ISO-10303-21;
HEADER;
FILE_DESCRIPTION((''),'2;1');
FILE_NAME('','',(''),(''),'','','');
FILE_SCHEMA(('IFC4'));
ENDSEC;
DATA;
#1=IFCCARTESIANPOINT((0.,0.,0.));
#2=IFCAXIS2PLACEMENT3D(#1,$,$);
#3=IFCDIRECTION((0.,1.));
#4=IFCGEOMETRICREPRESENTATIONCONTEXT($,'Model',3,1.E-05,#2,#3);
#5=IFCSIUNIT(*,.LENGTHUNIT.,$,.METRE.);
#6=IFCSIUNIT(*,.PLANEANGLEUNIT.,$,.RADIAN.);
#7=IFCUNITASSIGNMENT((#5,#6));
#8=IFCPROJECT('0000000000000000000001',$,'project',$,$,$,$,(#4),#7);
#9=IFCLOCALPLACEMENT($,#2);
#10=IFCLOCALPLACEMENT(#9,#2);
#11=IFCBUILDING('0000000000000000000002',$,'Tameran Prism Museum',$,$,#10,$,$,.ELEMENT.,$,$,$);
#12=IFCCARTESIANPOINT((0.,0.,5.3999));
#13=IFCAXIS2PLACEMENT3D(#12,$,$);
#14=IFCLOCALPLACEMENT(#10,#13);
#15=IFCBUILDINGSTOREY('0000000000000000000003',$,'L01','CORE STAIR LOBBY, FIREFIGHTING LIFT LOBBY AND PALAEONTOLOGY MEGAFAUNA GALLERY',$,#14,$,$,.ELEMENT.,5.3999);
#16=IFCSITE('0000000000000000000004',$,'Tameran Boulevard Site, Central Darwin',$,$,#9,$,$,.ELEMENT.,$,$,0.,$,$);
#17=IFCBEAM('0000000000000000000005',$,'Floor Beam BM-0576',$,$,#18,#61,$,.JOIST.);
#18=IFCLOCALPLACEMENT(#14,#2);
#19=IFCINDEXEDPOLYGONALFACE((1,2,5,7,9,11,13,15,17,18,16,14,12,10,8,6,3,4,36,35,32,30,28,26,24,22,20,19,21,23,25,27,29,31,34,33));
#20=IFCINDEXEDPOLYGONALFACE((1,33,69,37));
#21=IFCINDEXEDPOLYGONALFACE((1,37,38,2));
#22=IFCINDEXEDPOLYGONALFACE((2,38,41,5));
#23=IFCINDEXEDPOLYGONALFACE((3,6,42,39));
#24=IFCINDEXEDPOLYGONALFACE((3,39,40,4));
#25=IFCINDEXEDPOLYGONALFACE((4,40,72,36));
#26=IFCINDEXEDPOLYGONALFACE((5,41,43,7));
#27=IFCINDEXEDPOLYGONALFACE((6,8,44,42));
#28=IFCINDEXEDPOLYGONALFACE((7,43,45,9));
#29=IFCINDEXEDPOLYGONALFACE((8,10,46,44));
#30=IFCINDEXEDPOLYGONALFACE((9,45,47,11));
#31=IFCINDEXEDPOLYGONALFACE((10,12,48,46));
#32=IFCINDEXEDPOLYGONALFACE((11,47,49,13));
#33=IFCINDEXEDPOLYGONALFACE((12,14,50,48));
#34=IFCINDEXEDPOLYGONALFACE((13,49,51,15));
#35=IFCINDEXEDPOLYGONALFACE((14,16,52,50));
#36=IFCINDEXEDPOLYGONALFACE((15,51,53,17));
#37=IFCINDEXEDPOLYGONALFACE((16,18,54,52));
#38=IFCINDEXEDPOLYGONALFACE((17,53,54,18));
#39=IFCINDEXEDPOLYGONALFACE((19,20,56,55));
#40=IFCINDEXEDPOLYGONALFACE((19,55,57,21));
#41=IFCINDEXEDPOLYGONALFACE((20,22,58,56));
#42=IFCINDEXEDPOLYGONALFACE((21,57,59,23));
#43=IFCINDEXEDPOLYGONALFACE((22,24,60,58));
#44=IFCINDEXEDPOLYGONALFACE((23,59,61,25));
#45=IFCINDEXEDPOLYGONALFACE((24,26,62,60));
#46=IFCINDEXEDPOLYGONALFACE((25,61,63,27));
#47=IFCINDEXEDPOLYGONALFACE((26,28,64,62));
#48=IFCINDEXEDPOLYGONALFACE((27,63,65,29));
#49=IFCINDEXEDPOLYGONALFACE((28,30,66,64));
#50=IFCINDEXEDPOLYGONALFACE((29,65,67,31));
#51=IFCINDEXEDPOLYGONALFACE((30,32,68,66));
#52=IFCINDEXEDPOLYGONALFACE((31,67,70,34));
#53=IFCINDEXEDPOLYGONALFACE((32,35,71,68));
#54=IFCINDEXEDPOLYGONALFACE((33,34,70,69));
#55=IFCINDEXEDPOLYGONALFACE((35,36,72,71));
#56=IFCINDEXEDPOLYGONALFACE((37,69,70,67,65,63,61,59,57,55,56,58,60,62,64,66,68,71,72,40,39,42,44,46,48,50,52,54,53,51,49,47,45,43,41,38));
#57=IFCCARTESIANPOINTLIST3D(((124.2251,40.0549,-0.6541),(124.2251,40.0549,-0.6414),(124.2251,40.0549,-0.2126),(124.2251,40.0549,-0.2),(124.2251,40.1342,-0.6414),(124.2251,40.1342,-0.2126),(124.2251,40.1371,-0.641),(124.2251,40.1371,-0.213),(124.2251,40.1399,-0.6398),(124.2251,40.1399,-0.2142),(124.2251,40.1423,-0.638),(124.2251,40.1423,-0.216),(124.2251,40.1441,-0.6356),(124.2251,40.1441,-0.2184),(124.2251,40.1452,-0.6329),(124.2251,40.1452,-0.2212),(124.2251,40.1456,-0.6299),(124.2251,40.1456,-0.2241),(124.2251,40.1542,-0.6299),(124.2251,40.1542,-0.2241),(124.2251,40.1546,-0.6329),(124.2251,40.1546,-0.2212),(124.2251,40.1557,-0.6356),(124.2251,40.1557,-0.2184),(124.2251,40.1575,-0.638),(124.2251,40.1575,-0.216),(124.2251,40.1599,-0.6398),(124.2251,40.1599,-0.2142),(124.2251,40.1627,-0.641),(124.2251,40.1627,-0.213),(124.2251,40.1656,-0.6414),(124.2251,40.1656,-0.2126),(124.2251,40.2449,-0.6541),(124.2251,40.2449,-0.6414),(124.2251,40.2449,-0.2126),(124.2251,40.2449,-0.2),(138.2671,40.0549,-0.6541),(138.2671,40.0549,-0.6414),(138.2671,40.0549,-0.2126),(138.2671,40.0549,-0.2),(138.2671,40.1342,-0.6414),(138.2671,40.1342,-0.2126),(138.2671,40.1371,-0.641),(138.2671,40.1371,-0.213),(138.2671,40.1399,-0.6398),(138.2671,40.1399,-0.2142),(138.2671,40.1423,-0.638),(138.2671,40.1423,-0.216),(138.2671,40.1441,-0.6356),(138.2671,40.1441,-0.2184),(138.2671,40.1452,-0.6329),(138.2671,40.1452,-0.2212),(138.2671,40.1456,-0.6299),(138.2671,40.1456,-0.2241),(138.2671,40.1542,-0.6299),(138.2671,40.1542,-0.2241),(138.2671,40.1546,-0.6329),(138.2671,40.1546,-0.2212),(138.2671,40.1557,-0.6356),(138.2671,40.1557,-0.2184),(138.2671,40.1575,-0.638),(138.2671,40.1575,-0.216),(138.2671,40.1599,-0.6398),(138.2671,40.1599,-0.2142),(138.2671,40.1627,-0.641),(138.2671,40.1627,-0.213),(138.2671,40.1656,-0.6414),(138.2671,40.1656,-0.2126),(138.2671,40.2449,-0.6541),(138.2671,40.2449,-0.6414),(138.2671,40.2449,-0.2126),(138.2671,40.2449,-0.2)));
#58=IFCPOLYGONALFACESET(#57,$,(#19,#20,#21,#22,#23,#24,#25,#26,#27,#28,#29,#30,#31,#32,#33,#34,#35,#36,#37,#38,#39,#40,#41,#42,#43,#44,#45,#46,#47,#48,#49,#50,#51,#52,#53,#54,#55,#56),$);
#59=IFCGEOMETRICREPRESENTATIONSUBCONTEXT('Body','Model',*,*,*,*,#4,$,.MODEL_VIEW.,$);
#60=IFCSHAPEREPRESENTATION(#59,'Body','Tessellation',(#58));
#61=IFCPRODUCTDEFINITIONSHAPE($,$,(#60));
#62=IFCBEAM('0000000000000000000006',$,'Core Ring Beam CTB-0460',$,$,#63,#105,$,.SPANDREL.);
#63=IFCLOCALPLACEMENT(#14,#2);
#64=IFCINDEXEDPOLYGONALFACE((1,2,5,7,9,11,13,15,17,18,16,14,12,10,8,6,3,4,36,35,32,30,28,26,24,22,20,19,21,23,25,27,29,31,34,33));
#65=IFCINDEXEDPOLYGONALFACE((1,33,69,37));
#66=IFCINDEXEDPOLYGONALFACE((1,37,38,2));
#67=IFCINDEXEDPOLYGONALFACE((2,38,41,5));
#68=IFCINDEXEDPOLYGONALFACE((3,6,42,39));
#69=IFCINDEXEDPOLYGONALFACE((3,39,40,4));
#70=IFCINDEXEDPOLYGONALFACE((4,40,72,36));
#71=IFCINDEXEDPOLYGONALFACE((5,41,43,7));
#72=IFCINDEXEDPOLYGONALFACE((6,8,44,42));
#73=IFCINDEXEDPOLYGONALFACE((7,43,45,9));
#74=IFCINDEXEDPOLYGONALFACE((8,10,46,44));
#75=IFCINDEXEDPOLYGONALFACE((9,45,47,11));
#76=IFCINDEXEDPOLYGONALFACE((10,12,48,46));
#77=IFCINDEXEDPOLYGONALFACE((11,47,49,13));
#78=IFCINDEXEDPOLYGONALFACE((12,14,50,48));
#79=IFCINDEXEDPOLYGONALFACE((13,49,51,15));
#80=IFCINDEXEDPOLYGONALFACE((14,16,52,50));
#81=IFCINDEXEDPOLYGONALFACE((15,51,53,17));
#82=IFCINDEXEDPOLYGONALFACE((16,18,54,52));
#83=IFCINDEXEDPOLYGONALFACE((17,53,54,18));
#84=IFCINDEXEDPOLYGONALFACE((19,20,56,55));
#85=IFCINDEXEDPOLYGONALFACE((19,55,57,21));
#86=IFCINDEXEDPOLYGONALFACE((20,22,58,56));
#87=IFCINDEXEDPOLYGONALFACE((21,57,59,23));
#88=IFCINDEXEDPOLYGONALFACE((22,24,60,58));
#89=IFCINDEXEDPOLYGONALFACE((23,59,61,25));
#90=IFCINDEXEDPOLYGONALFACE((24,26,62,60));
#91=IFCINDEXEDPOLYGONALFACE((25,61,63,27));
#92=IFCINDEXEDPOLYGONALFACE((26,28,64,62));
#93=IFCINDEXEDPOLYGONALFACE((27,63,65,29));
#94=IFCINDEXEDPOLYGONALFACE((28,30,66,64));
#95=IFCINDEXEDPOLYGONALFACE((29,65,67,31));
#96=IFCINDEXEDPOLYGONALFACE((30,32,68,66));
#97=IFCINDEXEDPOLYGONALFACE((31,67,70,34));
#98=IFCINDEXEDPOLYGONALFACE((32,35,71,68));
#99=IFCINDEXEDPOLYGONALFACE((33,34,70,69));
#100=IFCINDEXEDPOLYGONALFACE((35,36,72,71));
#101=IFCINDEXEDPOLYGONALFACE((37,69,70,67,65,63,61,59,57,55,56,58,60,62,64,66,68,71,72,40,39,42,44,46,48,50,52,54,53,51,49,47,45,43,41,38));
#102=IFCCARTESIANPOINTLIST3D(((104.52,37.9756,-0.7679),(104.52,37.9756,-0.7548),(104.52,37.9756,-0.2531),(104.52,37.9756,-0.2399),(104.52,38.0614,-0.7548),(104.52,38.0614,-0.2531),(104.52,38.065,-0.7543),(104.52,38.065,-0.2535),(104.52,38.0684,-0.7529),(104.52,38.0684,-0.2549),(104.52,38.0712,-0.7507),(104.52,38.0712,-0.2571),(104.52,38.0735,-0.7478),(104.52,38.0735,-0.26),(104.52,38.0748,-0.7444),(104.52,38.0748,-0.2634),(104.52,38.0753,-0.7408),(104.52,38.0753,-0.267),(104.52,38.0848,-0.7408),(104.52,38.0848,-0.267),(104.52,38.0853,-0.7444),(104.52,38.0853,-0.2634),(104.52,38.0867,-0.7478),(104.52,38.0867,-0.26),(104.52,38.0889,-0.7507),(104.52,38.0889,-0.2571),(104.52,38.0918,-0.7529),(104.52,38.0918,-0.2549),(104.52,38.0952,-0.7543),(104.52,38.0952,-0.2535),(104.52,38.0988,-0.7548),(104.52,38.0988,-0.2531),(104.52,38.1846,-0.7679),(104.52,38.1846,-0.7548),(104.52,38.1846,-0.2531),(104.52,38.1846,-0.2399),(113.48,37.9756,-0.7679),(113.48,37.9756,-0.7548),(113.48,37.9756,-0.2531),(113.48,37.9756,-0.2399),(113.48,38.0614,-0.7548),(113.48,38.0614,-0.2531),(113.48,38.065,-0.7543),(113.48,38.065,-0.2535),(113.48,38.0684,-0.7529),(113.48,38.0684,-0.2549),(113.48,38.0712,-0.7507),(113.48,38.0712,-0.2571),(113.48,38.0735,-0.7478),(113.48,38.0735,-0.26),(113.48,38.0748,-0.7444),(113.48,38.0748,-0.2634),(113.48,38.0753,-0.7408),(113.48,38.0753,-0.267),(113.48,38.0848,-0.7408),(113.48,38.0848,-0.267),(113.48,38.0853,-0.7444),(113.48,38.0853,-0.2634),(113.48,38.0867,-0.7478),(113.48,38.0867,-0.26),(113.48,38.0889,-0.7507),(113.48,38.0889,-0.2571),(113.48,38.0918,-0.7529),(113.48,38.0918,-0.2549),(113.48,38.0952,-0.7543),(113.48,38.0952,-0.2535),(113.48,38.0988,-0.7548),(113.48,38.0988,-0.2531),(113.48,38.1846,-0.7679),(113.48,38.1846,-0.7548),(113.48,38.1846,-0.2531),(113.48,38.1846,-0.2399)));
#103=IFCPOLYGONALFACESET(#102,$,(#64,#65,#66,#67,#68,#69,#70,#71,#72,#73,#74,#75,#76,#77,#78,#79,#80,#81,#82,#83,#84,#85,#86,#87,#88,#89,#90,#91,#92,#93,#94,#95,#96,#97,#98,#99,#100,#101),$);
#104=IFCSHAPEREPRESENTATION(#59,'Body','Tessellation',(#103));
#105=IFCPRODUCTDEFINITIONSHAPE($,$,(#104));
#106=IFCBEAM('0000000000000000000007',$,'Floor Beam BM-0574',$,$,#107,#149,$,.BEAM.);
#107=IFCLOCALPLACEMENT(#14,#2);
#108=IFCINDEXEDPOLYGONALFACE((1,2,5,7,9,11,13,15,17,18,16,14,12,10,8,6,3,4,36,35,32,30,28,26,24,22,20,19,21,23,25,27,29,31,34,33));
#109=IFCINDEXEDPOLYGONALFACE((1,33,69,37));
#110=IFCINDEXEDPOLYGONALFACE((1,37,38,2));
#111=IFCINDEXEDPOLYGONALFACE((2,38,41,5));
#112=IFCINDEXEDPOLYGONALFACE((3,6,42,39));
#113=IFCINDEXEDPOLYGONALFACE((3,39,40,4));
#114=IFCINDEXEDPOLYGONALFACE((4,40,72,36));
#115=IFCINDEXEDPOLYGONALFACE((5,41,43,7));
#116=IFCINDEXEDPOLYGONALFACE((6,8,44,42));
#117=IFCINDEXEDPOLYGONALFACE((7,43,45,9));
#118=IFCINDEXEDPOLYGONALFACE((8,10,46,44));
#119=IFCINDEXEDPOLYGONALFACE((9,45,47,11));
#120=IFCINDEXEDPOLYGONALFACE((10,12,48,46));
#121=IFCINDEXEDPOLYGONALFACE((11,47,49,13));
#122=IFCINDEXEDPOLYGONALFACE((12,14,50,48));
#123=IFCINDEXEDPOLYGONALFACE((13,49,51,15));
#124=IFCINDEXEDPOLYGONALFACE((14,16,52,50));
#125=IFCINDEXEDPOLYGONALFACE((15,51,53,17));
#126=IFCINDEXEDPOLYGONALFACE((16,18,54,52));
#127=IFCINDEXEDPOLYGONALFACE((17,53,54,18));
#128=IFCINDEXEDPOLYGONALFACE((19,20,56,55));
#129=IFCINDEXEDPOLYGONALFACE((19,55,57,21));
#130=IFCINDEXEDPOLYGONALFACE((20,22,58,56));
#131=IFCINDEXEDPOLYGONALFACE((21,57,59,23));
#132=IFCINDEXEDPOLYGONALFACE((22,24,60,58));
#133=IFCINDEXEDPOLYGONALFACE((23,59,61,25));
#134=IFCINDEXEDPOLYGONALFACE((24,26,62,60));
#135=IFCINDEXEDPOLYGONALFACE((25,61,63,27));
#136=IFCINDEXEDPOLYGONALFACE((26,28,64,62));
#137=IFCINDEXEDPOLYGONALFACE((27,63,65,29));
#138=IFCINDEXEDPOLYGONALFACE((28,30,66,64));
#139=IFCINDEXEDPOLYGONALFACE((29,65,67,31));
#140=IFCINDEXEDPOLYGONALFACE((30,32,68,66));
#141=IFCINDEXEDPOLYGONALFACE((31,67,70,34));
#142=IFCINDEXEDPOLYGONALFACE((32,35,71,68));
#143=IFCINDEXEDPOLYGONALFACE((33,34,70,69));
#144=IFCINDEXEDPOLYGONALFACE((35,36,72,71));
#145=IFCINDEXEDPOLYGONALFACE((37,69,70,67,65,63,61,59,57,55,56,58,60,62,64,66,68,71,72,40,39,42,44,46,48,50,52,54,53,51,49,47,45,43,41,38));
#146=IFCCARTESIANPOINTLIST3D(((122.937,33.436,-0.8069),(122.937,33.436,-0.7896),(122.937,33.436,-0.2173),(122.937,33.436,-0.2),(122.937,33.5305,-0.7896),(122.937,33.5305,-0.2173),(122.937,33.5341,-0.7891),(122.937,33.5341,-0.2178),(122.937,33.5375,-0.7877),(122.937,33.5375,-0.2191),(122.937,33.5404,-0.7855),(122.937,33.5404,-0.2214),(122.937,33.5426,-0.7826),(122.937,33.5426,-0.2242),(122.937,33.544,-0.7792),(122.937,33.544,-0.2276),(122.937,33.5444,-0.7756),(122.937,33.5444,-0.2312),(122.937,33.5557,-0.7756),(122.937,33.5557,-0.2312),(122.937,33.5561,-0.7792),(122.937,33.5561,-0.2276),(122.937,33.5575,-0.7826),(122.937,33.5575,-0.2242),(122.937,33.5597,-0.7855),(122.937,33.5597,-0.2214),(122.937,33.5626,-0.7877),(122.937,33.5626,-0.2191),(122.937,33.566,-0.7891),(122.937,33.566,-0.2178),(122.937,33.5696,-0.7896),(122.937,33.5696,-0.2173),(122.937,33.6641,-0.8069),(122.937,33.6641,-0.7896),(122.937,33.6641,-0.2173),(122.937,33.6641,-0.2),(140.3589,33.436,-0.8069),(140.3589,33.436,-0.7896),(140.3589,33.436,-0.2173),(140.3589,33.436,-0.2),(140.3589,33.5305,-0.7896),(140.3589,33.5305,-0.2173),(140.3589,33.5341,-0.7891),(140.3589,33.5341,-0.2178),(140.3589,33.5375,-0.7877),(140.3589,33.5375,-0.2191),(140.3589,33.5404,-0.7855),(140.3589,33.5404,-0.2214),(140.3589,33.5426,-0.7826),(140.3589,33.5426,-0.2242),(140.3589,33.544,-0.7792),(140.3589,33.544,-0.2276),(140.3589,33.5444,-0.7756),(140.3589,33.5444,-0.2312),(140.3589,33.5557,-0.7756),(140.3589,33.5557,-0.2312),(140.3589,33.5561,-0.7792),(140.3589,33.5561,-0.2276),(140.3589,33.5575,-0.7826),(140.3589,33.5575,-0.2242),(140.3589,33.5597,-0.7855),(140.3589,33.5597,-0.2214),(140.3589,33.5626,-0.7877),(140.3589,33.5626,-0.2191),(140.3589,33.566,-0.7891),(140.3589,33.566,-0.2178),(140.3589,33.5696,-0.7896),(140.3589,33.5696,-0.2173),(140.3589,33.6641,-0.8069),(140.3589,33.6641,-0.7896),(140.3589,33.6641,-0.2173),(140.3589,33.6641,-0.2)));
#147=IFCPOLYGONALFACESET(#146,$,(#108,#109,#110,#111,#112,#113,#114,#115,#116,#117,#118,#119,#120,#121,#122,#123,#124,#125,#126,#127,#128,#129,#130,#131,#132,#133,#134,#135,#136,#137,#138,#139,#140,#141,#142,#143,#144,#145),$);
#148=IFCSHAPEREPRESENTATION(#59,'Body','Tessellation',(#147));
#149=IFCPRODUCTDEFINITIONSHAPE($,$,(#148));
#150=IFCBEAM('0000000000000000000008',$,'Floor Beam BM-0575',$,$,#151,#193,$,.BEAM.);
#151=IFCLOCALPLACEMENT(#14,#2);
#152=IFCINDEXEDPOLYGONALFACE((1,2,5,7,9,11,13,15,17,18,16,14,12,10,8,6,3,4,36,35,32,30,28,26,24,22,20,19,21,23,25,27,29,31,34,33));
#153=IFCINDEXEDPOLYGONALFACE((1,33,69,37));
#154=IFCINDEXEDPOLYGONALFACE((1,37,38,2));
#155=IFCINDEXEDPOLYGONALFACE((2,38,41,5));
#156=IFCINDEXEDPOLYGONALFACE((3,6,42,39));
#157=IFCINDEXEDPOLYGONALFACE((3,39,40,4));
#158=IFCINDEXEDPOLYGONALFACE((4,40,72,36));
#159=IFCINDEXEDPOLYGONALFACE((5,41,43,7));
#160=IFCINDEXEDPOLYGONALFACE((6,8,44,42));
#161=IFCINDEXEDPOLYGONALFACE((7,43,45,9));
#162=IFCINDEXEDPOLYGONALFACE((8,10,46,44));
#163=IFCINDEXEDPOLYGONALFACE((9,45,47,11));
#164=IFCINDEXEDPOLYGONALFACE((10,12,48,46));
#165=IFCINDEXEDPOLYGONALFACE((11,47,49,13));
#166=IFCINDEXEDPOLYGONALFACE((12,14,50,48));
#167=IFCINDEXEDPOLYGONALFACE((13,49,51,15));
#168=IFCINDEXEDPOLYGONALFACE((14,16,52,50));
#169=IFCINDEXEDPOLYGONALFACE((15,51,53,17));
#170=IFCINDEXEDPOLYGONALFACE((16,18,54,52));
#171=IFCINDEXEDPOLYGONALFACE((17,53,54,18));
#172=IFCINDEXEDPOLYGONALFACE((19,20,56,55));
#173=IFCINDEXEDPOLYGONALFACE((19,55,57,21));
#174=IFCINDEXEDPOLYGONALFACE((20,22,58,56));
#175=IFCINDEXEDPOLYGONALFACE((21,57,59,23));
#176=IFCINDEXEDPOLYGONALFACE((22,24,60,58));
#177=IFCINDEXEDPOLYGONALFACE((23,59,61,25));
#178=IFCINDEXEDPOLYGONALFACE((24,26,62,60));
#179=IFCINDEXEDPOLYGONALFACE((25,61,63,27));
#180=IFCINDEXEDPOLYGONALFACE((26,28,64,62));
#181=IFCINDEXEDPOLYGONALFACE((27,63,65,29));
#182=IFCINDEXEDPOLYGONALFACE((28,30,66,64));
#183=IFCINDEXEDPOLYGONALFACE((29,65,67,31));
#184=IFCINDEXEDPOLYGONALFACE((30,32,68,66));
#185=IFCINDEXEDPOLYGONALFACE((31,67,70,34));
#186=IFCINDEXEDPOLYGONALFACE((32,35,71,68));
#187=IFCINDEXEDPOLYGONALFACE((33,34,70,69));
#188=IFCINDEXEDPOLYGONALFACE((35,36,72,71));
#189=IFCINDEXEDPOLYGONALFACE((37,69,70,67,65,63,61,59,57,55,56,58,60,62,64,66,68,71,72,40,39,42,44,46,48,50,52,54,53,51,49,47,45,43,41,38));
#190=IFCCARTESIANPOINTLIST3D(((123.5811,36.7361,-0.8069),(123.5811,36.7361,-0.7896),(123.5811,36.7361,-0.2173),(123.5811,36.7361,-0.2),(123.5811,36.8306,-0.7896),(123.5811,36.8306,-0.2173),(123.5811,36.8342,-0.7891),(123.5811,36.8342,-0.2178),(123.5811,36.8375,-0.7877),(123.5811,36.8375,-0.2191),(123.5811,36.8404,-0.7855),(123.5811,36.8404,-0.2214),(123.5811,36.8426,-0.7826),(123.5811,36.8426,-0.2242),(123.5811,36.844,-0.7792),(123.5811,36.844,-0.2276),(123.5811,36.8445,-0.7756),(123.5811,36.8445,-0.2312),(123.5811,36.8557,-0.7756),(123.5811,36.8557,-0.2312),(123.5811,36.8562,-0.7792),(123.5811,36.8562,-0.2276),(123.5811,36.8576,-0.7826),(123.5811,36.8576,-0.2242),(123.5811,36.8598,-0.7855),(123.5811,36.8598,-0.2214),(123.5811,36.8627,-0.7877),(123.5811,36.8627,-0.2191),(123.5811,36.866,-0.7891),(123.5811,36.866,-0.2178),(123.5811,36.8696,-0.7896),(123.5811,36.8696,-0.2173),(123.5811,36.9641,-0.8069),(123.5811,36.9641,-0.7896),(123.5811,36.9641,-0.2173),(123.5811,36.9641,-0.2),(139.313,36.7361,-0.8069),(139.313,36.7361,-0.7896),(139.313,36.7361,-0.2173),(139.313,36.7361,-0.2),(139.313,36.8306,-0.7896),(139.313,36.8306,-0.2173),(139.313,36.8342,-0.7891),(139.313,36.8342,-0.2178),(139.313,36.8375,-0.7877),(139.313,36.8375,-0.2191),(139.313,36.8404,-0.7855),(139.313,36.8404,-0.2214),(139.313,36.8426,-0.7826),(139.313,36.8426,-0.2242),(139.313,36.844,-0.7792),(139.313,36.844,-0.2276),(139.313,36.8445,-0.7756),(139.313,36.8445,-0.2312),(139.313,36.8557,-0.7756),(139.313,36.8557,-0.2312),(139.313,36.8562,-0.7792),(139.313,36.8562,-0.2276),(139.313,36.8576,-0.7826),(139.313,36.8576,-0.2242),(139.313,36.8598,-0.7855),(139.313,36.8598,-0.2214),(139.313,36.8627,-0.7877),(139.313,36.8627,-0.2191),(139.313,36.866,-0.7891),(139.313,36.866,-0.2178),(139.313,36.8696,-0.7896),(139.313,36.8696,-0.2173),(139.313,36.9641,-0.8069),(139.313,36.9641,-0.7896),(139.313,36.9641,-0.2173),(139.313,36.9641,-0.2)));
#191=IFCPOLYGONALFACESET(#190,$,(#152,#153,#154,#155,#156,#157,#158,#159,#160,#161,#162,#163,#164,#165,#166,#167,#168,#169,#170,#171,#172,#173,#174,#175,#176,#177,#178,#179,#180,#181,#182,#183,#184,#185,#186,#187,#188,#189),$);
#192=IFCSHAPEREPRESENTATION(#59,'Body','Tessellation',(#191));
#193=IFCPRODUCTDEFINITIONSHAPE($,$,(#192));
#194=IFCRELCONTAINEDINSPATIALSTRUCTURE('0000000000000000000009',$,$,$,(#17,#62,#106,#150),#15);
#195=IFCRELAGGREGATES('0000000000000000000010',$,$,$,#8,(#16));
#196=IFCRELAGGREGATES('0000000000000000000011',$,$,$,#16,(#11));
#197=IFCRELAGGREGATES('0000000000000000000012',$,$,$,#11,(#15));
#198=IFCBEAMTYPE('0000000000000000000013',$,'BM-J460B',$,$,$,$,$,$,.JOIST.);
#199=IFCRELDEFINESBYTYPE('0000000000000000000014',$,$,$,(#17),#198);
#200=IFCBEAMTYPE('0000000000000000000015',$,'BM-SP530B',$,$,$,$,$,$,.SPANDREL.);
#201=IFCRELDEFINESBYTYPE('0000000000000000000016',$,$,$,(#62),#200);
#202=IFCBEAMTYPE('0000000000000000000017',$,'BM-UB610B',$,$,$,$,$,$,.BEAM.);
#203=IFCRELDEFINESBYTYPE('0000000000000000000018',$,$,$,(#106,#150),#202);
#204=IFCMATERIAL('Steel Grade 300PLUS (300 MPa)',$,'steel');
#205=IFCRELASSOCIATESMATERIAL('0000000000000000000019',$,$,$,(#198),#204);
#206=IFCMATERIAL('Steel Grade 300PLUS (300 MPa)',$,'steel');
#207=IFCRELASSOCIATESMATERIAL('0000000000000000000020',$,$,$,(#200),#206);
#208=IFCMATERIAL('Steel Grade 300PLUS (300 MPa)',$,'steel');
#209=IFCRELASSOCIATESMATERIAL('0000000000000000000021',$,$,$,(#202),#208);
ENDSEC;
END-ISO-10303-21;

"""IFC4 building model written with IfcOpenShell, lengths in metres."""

from ifc_helpers import new_model, si_unit, direction, frame, origin, origin_2d, place, context, subcontext, project, spatial, i_section, extrude, material, material_profile, profile_set, type_object, element, save


model = new_model("IFC4")

# Units and contexts
model_context = context("Model", 3, precision=1e-05, world=origin(), true_north=direction((0.0, 1.0)))
body_context = subcontext(model_context, "Body", "Model", "MODEL_VIEW")
ifc_project = project(units=[si_unit("LENGTHUNIT", "METRE"), si_unit("PLANEANGLEUNIT", "RADIAN")], contexts=[model_context])

# Site, building, storey
site_placement = place(None, origin())
site = spatial("IfcSite", under=ifc_project, at=site_placement, Name="Tameran Boulevard Site, Central Darwin", CompositionType="ELEMENT", RefElevation=0.0)
building_placement = place(site_placement, origin())
building = spatial("IfcBuilding", under=site, at=building_placement, Name="Tameran Prism Museum", CompositionType="ELEMENT")
storey_placement = place(building_placement, frame((0.0, 0.0, 5.3999)))
storey = spatial("IfcBuildingStorey", under=building, at=storey_placement, Name="L01", Description="CORE STAIR LOBBY, FIREFIGHTING LIFT LOBBY AND PALAEONTOLOGY MEGAFAUNA GALLERY", CompositionType="ELEMENT", Elevation=5.3999)

# Beams
ifc_material_1 = material(Name="Steel Grade 300PLUS (300 MPa)", Category="steel")
ifc_material_profile_1 = material_profile(ifc_material_1, i_section(OverallWidth=0.1899, OverallDepth=0.4541, WebThickness=0.0085, FlangeThickness=0.0127, FilletRadius=0.0115, at=origin_2d()))
ifc_profile_set_1 = profile_set([ifc_material_profile_1])
beam_type_1 = type_object("IfcBeamType", Name="BM-J460B", PredefinedType="JOIST", material=ifc_profile_set_1)
beam_1_placement = place(storey_placement, frame((124.2251, 40.1499, -0.427), z_axis=(1.0, 0.0, 0.0), x_axis=(0.0, 1.0, 0.0)))
element("IfcBeam", 1, at=beam_1_placement, inside=storey, type_object=beam_type_1, Name="Floor Beam BM-0576", PredefinedType="JOIST", context=body_context, shape_type="SweptSolid", body=[
    extrude(i_section(OverallWidth=0.1899, OverallDepth=0.4541, WebThickness=0.0085, FlangeThickness=0.0127, FilletRadius=0.0115, at=origin_2d()), origin(), (0.0, 0.0, 1.0), 14.042),
])
ifc_material_2 = material(Name="Steel Grade 300PLUS (300 MPa)", Category="steel")
ifc_material_profile_2 = material_profile(ifc_material_2, i_section(OverallWidth=0.209, OverallDepth=0.5281, WebThickness=0.0095, FlangeThickness=0.0132, FilletRadius=0.0139, at=origin_2d()))
ifc_profile_set_2 = profile_set([ifc_material_profile_2])
beam_type_2 = type_object("IfcBeamType", Name="BM-SP530B", PredefinedType="SPANDREL", material=ifc_profile_set_2)
beam_2_placement = place(storey_placement, frame((113.48, 38.0801, -0.5039), z_axis=(-1.0, 0.0, 0.0), x_axis=(0.0, -1.0, 0.0)))
element("IfcBeam", 2, at=beam_2_placement, inside=storey, type_object=beam_type_2, Name="Core Ring Beam CTB-0460", PredefinedType="SPANDREL", context=body_context, shape_type="SweptSolid", body=[
    extrude(i_section(OverallWidth=0.209, OverallDepth=0.5281, WebThickness=0.0095, FlangeThickness=0.0132, FilletRadius=0.0139, at=origin_2d()), origin(), (0.0, 0.0, 1.0), 8.96),
])
ifc_material_3 = material(Name="Steel Grade 300PLUS (300 MPa)", Category="steel")
ifc_material_profile_3 = material_profile(ifc_material_3, i_section(OverallWidth=0.228, OverallDepth=0.6069, WebThickness=0.0112, FlangeThickness=0.0173, FilletRadius=0.0139, at=origin_2d()))
ifc_profile_set_3 = profile_set([ifc_material_profile_3])
beam_type_3 = type_object("IfcBeamType", Name="BM-UB610B", PredefinedType="BEAM", material=ifc_profile_set_3)
beam_3_placement = place(storey_placement, frame((122.937, 33.55, -0.5034), z_axis=(1.0, 0.0, 0.0), x_axis=(0.0, 1.0, 0.0)))
element("IfcBeam", 3, at=beam_3_placement, inside=storey, type_object=beam_type_3, Name="Floor Beam BM-0574", PredefinedType="BEAM", context=body_context, shape_type="SweptSolid", body=[
    extrude(i_section(OverallWidth=0.228, OverallDepth=0.6069, WebThickness=0.0112, FlangeThickness=0.0173, FilletRadius=0.0139, at=origin_2d()), origin(), (0.0, 0.0, 1.0), 17.4219),
])
beam_4_placement = place(storey_placement, frame((123.5811, 36.8501, -0.5034), z_axis=(1.0, 0.0, 0.0), x_axis=(0.0, 1.0, 0.0)))
element("IfcBeam", 4, at=beam_4_placement, inside=storey, type_object=beam_type_3, Name="Floor Beam BM-0575", PredefinedType="BEAM", context=body_context, shape_type="SweptSolid", body=[
    extrude(i_section(OverallWidth=0.228, OverallDepth=0.6069, WebThickness=0.0112, FlangeThickness=0.0173, FilletRadius=0.0139, at=origin_2d()), origin(), (0.0, 0.0, 1.0), 15.7319),
])

save(model, "model.ifc")
